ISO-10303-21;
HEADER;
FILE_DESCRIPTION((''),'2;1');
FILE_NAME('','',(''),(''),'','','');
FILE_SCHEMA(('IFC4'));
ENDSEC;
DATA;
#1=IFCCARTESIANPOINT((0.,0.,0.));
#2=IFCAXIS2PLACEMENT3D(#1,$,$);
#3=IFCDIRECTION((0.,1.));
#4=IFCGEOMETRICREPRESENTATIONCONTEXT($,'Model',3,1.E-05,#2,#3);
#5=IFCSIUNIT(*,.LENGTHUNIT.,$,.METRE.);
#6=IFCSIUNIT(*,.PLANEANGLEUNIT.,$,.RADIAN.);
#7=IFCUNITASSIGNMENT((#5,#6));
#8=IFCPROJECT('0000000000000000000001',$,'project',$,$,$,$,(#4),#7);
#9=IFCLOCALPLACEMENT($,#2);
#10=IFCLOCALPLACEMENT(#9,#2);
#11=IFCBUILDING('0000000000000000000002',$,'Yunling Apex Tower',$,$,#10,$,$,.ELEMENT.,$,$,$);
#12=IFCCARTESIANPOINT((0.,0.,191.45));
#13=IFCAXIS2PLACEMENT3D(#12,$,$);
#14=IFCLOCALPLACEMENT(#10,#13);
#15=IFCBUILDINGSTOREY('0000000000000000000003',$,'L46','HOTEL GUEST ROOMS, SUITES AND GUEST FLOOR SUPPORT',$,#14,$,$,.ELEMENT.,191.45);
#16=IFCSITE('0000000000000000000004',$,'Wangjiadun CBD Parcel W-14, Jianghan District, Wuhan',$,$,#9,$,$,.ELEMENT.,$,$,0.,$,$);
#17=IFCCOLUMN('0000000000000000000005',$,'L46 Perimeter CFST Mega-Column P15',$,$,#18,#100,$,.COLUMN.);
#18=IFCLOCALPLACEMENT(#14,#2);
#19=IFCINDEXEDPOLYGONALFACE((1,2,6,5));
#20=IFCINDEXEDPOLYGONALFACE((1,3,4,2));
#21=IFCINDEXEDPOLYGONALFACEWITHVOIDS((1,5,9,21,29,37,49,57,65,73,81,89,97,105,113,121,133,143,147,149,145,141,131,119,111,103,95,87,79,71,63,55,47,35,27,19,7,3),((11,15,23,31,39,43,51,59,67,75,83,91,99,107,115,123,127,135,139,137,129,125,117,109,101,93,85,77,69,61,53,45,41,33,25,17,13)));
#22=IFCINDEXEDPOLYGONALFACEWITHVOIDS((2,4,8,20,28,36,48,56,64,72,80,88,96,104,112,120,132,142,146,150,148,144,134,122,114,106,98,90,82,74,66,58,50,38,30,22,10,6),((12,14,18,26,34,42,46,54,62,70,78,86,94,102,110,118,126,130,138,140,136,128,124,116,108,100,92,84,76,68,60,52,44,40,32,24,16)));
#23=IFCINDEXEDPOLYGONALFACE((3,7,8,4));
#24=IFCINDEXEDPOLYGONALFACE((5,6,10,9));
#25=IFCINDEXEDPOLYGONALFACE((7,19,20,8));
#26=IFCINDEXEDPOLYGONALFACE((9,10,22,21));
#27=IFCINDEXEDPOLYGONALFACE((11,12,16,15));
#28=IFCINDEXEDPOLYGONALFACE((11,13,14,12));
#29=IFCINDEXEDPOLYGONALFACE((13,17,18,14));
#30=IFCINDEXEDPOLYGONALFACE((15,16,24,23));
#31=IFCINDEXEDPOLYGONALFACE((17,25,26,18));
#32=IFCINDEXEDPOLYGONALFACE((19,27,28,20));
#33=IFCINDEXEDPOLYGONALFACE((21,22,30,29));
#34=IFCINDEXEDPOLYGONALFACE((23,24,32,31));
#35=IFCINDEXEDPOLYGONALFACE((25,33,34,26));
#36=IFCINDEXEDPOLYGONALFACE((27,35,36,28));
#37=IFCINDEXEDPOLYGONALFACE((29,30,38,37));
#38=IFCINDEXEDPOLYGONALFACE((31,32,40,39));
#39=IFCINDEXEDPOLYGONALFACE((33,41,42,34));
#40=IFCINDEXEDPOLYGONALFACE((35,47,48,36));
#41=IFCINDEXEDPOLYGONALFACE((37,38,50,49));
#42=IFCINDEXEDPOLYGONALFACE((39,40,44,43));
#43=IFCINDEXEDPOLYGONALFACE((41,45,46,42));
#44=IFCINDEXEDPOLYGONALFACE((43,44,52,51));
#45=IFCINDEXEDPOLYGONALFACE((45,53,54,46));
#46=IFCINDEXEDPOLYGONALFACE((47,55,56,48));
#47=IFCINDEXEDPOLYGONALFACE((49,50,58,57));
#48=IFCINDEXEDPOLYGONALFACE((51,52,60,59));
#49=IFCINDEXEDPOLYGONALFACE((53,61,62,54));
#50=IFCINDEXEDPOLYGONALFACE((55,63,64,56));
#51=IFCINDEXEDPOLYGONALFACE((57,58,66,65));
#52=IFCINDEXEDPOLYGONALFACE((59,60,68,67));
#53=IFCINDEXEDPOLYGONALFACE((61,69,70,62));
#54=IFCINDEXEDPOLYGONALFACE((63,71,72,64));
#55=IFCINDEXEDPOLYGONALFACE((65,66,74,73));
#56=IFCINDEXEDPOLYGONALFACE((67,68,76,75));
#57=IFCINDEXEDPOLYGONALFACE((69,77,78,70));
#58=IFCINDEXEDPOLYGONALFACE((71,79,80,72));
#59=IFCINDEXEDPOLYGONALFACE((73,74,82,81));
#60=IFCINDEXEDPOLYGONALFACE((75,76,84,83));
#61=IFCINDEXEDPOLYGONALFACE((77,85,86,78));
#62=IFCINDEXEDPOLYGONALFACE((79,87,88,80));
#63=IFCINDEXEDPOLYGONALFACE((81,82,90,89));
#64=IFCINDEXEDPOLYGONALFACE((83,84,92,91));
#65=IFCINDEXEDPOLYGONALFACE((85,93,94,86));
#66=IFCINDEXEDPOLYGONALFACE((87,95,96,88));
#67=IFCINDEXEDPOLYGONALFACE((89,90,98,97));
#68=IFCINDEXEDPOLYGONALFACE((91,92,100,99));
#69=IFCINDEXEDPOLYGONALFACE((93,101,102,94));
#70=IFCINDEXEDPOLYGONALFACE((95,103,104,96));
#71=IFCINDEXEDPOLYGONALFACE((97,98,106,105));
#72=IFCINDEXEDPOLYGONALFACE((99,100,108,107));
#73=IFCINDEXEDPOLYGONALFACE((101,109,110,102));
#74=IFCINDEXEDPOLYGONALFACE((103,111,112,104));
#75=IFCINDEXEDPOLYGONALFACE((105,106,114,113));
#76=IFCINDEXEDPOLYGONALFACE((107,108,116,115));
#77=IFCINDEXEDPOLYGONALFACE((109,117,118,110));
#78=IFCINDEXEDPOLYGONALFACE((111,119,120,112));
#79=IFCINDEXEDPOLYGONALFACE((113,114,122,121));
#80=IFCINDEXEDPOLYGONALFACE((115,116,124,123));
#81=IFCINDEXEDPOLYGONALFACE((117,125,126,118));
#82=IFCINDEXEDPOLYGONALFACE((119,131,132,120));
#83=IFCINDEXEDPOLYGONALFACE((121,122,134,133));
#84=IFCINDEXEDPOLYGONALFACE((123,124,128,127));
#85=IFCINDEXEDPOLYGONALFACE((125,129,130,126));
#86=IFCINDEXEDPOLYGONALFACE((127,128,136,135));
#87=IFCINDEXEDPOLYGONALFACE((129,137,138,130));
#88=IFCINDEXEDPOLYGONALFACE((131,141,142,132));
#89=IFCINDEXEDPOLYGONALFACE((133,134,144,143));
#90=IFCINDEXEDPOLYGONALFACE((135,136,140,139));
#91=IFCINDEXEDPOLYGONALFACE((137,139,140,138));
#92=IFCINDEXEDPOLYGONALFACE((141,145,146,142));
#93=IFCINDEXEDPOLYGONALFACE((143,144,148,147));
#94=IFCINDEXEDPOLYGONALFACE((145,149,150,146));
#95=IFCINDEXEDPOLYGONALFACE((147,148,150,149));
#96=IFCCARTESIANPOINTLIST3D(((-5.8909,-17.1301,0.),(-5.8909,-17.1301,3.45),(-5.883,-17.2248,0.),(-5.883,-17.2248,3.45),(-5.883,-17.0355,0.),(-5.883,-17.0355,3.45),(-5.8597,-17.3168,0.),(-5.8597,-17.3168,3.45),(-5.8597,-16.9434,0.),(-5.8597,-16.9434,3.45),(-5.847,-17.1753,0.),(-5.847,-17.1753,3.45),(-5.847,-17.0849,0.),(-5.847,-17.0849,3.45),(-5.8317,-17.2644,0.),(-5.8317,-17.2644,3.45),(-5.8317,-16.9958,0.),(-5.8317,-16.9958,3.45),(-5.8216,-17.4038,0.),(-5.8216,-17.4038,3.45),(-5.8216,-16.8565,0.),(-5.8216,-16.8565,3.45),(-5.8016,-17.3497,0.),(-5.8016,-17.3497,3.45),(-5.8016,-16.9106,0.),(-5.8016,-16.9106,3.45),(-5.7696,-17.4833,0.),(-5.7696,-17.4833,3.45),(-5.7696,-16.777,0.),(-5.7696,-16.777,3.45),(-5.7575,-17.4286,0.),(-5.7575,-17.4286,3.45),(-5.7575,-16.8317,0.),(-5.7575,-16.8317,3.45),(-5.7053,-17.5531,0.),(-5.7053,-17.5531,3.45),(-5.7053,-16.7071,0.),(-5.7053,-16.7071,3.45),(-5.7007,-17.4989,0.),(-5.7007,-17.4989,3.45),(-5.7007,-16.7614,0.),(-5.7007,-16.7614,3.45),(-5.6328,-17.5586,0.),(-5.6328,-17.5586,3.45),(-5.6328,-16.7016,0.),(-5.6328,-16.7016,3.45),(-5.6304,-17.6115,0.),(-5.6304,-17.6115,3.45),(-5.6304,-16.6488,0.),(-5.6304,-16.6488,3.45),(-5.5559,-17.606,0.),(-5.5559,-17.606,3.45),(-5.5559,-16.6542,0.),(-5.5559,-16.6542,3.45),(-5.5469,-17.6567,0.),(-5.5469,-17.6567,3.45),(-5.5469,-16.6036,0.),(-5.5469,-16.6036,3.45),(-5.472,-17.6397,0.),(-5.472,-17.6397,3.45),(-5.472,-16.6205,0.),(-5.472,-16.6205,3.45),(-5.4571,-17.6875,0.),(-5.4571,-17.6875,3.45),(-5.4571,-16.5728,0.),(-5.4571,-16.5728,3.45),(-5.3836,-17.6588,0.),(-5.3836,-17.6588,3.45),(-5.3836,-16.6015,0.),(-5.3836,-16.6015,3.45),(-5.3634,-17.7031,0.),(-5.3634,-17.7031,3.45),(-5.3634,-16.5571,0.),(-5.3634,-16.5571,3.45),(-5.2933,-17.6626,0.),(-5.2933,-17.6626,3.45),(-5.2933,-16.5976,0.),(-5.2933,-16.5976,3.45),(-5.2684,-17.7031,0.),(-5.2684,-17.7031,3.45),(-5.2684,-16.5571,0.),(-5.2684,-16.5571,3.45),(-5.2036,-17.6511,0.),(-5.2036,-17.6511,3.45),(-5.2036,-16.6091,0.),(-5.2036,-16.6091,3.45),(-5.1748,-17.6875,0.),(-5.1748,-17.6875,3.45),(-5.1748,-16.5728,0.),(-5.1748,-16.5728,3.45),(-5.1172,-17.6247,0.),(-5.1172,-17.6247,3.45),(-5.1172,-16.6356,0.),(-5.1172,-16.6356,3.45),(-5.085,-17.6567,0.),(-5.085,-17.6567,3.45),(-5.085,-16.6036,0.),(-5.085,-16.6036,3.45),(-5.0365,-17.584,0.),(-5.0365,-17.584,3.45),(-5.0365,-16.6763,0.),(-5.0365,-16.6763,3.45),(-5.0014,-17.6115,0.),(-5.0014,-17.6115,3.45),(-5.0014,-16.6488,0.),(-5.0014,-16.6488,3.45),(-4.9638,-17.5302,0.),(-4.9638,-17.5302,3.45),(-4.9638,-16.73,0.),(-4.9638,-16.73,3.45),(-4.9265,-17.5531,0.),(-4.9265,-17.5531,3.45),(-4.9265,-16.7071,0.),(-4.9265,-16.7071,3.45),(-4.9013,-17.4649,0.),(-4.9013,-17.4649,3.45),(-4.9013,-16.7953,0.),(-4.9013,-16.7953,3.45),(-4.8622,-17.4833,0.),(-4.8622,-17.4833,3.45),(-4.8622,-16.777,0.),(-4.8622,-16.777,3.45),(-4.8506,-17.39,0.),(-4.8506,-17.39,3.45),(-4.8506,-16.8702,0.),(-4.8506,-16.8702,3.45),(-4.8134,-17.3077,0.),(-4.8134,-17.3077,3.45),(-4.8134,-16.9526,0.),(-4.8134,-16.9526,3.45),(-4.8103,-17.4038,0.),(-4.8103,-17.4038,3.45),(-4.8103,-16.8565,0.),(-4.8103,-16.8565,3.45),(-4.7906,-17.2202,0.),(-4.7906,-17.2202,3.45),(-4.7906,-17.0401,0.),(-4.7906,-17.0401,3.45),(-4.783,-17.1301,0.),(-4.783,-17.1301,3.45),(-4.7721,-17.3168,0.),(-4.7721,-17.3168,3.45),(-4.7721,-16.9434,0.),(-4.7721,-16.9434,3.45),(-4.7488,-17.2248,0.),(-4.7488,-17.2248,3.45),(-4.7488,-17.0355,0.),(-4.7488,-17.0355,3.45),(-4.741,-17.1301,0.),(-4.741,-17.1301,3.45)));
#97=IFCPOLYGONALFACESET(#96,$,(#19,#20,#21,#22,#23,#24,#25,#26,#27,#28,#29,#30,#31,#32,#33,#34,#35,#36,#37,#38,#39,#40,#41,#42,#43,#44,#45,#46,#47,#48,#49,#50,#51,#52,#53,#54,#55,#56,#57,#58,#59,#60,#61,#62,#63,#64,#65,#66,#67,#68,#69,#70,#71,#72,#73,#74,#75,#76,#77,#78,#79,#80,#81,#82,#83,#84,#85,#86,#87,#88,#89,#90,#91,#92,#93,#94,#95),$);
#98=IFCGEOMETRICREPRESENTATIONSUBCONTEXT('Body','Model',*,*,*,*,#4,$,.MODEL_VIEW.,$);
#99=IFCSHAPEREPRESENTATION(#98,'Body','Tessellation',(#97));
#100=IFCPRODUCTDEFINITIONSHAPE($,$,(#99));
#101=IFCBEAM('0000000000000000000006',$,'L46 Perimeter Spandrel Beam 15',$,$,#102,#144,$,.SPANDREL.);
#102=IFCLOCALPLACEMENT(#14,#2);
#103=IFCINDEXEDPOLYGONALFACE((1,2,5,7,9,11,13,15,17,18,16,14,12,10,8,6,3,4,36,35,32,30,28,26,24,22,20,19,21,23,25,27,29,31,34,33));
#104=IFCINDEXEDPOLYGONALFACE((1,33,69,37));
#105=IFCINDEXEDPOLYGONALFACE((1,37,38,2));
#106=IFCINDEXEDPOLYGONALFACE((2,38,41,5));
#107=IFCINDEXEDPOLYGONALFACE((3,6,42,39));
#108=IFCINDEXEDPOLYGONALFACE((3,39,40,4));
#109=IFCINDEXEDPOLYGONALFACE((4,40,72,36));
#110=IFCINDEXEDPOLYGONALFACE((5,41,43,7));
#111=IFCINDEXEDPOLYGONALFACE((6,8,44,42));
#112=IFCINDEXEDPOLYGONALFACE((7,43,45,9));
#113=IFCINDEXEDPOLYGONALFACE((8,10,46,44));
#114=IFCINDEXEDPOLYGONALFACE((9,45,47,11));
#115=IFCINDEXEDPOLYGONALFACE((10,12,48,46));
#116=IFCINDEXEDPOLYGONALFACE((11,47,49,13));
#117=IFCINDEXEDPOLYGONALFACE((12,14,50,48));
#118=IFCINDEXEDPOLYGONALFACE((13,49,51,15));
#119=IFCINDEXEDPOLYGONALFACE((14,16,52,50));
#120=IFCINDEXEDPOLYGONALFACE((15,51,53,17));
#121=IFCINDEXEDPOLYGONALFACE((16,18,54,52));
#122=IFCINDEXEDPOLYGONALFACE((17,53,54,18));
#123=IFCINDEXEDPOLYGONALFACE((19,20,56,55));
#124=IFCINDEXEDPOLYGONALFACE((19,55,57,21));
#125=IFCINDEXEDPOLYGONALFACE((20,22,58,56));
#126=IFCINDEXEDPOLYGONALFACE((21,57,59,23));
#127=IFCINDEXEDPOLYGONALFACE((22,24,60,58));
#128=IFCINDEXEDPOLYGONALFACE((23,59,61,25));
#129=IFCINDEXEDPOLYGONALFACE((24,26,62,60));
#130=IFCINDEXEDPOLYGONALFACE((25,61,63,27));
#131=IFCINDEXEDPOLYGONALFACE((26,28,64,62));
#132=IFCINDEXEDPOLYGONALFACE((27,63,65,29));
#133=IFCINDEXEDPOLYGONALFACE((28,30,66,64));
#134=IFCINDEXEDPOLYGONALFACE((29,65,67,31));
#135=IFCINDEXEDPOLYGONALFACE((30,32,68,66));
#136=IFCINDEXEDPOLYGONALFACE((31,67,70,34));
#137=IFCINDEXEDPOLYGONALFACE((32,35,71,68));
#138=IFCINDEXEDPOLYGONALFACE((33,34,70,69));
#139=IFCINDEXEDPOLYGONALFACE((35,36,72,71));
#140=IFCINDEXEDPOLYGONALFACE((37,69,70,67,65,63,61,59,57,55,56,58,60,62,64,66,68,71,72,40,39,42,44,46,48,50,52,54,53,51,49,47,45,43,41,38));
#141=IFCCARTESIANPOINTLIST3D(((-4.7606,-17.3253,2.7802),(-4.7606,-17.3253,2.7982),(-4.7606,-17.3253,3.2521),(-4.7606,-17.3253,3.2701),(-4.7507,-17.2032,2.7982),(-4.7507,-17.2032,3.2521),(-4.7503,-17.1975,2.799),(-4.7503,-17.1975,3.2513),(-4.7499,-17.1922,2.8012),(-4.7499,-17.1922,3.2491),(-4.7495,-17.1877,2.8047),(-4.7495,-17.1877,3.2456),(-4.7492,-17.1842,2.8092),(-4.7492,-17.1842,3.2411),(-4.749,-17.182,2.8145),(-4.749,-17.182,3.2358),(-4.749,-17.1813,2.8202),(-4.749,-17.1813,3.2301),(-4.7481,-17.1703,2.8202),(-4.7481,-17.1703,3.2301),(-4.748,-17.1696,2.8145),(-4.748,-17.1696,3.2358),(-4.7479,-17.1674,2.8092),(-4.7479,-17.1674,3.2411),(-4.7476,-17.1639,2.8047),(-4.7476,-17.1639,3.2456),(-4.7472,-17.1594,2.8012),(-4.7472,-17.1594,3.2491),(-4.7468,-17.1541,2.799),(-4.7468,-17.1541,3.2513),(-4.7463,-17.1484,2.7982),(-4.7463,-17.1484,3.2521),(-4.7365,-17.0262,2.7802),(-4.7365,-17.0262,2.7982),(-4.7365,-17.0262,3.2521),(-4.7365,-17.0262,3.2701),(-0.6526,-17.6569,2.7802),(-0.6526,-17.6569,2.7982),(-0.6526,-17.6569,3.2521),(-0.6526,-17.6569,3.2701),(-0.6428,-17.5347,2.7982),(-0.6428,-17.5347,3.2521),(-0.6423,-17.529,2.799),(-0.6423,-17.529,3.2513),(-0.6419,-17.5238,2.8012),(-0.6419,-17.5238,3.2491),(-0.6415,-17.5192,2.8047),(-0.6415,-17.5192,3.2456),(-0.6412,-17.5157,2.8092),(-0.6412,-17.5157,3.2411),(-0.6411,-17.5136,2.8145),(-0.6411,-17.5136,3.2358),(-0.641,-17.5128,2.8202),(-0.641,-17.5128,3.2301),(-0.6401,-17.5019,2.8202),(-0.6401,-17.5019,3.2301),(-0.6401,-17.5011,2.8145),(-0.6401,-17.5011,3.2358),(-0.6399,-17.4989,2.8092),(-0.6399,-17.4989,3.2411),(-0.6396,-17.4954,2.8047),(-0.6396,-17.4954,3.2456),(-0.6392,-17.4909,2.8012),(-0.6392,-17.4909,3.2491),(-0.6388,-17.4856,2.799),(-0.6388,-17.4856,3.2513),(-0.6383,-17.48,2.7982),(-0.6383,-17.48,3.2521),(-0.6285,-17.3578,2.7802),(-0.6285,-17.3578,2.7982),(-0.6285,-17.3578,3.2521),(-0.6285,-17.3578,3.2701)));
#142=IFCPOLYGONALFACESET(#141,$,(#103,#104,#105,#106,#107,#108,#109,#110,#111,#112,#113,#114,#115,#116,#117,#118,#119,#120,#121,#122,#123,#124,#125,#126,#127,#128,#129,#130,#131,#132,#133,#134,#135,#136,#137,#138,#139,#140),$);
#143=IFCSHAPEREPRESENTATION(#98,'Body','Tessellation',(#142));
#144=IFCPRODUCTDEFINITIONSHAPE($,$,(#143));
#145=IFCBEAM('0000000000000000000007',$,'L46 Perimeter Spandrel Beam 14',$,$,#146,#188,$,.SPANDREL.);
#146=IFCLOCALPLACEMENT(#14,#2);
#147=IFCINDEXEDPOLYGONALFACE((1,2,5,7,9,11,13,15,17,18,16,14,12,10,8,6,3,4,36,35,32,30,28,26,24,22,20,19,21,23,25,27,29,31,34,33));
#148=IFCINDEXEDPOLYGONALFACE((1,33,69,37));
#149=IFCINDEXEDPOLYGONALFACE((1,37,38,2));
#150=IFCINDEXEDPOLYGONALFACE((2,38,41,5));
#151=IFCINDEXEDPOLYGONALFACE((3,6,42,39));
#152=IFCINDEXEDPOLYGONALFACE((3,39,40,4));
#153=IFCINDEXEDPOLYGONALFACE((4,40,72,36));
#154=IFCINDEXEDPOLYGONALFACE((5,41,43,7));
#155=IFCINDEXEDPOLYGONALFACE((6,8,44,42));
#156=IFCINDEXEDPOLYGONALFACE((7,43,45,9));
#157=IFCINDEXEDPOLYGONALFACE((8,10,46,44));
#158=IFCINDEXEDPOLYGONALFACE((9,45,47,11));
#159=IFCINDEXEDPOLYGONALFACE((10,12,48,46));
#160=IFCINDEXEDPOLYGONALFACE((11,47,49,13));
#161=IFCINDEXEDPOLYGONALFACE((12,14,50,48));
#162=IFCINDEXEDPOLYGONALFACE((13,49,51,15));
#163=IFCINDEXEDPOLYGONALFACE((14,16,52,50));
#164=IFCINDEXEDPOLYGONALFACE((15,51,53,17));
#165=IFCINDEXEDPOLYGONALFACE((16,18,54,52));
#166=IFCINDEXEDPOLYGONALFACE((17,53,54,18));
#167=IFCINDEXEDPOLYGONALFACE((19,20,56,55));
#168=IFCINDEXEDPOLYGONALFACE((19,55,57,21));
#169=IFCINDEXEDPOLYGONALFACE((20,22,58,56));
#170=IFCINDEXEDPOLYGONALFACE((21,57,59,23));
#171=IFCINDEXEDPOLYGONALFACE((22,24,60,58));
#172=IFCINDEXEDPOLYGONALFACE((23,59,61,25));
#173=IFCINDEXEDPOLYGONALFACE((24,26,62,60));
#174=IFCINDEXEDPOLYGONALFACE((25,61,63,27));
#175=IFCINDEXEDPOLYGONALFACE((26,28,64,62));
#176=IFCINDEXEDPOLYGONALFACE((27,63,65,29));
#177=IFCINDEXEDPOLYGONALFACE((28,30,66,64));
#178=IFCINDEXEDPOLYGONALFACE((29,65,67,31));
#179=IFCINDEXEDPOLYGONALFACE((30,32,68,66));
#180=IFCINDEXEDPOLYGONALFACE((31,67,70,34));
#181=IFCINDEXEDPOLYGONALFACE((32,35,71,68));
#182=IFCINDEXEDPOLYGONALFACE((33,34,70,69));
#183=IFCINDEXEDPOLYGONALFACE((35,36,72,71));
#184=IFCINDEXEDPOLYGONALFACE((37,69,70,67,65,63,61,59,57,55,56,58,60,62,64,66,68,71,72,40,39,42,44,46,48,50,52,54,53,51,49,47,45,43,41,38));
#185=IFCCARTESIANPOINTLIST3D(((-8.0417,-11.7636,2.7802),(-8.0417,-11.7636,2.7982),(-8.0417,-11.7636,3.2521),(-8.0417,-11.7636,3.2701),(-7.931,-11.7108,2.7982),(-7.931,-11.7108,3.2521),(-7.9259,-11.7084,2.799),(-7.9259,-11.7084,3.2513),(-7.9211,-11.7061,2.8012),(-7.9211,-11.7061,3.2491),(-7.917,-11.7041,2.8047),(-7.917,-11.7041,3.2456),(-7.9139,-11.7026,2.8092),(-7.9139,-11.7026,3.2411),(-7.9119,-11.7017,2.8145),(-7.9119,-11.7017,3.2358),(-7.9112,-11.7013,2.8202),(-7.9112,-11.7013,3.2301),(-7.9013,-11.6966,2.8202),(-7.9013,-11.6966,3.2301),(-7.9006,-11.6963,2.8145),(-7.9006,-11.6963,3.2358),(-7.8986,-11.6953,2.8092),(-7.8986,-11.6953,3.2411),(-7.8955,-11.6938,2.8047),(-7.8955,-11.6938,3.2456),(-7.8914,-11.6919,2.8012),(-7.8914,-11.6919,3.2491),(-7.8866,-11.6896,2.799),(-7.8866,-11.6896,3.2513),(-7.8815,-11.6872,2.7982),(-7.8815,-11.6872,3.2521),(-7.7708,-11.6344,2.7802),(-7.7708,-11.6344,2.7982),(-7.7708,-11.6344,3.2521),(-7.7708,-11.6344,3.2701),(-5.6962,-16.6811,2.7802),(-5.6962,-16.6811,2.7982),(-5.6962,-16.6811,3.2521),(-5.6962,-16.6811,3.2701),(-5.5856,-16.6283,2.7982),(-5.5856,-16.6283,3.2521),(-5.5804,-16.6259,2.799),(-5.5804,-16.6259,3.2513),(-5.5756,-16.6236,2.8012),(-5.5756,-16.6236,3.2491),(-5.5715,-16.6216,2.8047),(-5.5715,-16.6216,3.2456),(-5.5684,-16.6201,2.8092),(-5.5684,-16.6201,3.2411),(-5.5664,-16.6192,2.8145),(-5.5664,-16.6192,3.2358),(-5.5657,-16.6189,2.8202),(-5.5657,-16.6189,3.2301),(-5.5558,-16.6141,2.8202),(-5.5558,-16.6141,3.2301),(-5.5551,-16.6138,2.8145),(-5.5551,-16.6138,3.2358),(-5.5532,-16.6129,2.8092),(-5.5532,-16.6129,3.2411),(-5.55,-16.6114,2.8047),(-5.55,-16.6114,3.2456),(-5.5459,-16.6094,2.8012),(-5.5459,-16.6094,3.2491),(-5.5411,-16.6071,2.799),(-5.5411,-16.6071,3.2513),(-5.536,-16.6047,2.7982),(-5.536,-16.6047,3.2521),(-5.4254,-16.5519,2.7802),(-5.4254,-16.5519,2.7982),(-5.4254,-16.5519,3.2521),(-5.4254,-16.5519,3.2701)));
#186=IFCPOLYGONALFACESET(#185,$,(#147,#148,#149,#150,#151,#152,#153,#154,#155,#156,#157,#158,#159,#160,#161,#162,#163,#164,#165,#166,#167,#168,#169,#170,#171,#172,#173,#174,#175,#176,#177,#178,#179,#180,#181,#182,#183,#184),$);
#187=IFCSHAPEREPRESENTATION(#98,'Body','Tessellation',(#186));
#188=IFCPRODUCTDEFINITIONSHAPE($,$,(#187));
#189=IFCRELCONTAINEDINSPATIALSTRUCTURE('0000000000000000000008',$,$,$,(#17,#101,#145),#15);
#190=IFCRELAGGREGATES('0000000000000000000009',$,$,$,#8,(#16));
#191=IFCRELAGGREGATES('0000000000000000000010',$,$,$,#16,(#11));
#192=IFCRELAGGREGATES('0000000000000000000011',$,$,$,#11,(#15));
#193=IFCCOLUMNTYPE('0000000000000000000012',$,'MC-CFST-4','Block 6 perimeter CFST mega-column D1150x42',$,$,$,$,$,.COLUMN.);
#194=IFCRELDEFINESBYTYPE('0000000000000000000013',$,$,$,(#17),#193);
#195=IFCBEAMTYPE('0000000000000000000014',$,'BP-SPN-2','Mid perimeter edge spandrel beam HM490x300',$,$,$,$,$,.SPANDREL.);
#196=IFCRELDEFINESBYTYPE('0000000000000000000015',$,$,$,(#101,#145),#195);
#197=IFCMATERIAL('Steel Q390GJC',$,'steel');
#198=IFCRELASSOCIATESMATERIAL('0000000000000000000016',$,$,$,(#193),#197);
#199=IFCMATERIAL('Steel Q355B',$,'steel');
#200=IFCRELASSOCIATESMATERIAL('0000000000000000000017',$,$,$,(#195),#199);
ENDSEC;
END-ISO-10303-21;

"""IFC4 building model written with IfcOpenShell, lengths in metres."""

from ifc_helpers import new_model, si_unit, direction, frame, origin, origin_2d, place, context, subcontext, project, spatial, hollow_circle, i_section, extrude, source, transform, mapped, material, material_profile, profile_set, type_object, element, save


model = new_model("IFC4")

# Units and contexts
model_context = context("Model", 3, precision=1e-05, world=origin(), true_north=direction((0.0, 1.0)))
body_context = subcontext(model_context, "Body", "Model", "MODEL_VIEW")
ifc_project = project(units=[si_unit("LENGTHUNIT", "METRE"), si_unit("PLANEANGLEUNIT", "RADIAN")], contexts=[model_context])

# Site, building, storey
site_placement = place(None, origin())
site = spatial("IfcSite", under=ifc_project, at=site_placement, Name="Wangjiadun CBD Parcel W-14, Jianghan District, Wuhan", CompositionType="ELEMENT", RefElevation=0.0)
building_placement = place(site_placement, origin())
building = spatial("IfcBuilding", under=site, at=building_placement, Name="Yunling Apex Tower", CompositionType="ELEMENT")
storey_placement = place(building_placement, frame((0.0, 0.0, 191.45)))
storey = spatial("IfcBuildingStorey", under=building, at=storey_placement, Name="L46", Description="HOTEL GUEST ROOMS, SUITES AND GUEST FLOOR SUPPORT", CompositionType="ELEMENT", Elevation=191.45)

# Column
ifc_material_1 = material(Name="Steel Q390GJC", Category="steel")
ifc_material_profile_1 = material_profile(ifc_material_1, hollow_circle(Radius=0.575, WallThickness=0.042, at=origin_2d()))
ifc_profile_set_1 = profile_set([ifc_material_profile_1], Name="Steel Q390GJC")
column_type = type_object("IfcColumnType", Name="MC-CFST-4", Description="Block 6 perimeter CFST mega-column D1150x42", PredefinedType="COLUMN", material=ifc_profile_set_1)
shared_shape_1 = source(origin(), body_context, "Body", "SweptSolid", [
    extrude(hollow_circle(Radius=0.575, WallThickness=0.042, at=origin_2d()), origin(), (0.0, 0.0, 1.0), 3.45),
])
column_placement = place(storey_placement, frame((-5.3159, -17.1301, 0.0), z_axis=(0.0, 0.0, 1.0), x_axis=(1.0, 0.0, 0.0)))
element("IfcColumn", 1, at=column_placement, inside=storey, type_object=column_type, Name="L46 Perimeter CFST Mega-Column P15", PredefinedType="COLUMN", context=body_context, shape_type="MappedRepresentation", body=[
    mapped(shared_shape_1, transform((0.0, 0.0, 0.0), scale=1.0)),
])

# Beams
ifc_material_2 = material(Name="Steel Q355B", Category="steel")
ifc_material_profile_2 = material_profile(ifc_material_2, i_section(OverallWidth=0.3, OverallDepth=0.49, WebThickness=0.011, FlangeThickness=0.0181, FilletRadius=0.022, at=origin_2d()))
ifc_profile_set_2 = profile_set([ifc_material_profile_2], Name="Steel Q355B")
beam_type_1 = type_object("IfcBeamType", Name="BP-SPN-2", Description="Mid perimeter edge spandrel beam HM490x300", PredefinedType="SPANDREL", material=ifc_profile_set_2)
shared_shape_2 = source(origin(), body_context, "Body", "SweptSolid", [
    extrude(i_section(OverallWidth=0.3, OverallDepth=0.49, WebThickness=0.011, FlangeThickness=0.0181, FilletRadius=0.022, at=origin_2d()), origin(), (0.0, 0.0, 1.0), 4.1213),
])
beam_1_placement = place(storey_placement, frame((-4.7485, -17.1758, 3.0251), z_axis=(0.996759, -0.080447, 0.0), x_axis=(0.080447, 0.996759, 0.0)))
element("IfcBeam", 2, at=beam_1_placement, inside=storey, type_object=beam_type_1, Name="L46 Perimeter Spandrel Beam 15", PredefinedType="SPANDREL", context=body_context, shape_type="MappedRepresentation", body=[
    mapped(shared_shape_2, transform((0.0, 0.0, 0.0), scale=1.0)),
])
shared_shape_3 = source(origin(), body_context, "Body", "SweptSolid", [
    extrude(i_section(OverallWidth=0.3, OverallDepth=0.49, WebThickness=0.011, FlangeThickness=0.0181, FilletRadius=0.022, at=origin_2d()), origin(), (0.0, 0.0, 1.0), 5.4482),
])
beam_2_placement = place(storey_placement, frame((-7.9062, -11.699, 3.0251), z_axis=(0.430502, -0.902589, 0.0), x_axis=(0.902589, 0.430502, 0.0)))
element("IfcBeam", 3, at=beam_2_placement, inside=storey, type_object=beam_type_1, Name="L46 Perimeter Spandrel Beam 14", PredefinedType="SPANDREL", context=body_context, shape_type="MappedRepresentation", body=[
    mapped(shared_shape_3, transform((0.0, 0.0, 0.0), scale=1.0)),
])

save(model, "model.ifc")
